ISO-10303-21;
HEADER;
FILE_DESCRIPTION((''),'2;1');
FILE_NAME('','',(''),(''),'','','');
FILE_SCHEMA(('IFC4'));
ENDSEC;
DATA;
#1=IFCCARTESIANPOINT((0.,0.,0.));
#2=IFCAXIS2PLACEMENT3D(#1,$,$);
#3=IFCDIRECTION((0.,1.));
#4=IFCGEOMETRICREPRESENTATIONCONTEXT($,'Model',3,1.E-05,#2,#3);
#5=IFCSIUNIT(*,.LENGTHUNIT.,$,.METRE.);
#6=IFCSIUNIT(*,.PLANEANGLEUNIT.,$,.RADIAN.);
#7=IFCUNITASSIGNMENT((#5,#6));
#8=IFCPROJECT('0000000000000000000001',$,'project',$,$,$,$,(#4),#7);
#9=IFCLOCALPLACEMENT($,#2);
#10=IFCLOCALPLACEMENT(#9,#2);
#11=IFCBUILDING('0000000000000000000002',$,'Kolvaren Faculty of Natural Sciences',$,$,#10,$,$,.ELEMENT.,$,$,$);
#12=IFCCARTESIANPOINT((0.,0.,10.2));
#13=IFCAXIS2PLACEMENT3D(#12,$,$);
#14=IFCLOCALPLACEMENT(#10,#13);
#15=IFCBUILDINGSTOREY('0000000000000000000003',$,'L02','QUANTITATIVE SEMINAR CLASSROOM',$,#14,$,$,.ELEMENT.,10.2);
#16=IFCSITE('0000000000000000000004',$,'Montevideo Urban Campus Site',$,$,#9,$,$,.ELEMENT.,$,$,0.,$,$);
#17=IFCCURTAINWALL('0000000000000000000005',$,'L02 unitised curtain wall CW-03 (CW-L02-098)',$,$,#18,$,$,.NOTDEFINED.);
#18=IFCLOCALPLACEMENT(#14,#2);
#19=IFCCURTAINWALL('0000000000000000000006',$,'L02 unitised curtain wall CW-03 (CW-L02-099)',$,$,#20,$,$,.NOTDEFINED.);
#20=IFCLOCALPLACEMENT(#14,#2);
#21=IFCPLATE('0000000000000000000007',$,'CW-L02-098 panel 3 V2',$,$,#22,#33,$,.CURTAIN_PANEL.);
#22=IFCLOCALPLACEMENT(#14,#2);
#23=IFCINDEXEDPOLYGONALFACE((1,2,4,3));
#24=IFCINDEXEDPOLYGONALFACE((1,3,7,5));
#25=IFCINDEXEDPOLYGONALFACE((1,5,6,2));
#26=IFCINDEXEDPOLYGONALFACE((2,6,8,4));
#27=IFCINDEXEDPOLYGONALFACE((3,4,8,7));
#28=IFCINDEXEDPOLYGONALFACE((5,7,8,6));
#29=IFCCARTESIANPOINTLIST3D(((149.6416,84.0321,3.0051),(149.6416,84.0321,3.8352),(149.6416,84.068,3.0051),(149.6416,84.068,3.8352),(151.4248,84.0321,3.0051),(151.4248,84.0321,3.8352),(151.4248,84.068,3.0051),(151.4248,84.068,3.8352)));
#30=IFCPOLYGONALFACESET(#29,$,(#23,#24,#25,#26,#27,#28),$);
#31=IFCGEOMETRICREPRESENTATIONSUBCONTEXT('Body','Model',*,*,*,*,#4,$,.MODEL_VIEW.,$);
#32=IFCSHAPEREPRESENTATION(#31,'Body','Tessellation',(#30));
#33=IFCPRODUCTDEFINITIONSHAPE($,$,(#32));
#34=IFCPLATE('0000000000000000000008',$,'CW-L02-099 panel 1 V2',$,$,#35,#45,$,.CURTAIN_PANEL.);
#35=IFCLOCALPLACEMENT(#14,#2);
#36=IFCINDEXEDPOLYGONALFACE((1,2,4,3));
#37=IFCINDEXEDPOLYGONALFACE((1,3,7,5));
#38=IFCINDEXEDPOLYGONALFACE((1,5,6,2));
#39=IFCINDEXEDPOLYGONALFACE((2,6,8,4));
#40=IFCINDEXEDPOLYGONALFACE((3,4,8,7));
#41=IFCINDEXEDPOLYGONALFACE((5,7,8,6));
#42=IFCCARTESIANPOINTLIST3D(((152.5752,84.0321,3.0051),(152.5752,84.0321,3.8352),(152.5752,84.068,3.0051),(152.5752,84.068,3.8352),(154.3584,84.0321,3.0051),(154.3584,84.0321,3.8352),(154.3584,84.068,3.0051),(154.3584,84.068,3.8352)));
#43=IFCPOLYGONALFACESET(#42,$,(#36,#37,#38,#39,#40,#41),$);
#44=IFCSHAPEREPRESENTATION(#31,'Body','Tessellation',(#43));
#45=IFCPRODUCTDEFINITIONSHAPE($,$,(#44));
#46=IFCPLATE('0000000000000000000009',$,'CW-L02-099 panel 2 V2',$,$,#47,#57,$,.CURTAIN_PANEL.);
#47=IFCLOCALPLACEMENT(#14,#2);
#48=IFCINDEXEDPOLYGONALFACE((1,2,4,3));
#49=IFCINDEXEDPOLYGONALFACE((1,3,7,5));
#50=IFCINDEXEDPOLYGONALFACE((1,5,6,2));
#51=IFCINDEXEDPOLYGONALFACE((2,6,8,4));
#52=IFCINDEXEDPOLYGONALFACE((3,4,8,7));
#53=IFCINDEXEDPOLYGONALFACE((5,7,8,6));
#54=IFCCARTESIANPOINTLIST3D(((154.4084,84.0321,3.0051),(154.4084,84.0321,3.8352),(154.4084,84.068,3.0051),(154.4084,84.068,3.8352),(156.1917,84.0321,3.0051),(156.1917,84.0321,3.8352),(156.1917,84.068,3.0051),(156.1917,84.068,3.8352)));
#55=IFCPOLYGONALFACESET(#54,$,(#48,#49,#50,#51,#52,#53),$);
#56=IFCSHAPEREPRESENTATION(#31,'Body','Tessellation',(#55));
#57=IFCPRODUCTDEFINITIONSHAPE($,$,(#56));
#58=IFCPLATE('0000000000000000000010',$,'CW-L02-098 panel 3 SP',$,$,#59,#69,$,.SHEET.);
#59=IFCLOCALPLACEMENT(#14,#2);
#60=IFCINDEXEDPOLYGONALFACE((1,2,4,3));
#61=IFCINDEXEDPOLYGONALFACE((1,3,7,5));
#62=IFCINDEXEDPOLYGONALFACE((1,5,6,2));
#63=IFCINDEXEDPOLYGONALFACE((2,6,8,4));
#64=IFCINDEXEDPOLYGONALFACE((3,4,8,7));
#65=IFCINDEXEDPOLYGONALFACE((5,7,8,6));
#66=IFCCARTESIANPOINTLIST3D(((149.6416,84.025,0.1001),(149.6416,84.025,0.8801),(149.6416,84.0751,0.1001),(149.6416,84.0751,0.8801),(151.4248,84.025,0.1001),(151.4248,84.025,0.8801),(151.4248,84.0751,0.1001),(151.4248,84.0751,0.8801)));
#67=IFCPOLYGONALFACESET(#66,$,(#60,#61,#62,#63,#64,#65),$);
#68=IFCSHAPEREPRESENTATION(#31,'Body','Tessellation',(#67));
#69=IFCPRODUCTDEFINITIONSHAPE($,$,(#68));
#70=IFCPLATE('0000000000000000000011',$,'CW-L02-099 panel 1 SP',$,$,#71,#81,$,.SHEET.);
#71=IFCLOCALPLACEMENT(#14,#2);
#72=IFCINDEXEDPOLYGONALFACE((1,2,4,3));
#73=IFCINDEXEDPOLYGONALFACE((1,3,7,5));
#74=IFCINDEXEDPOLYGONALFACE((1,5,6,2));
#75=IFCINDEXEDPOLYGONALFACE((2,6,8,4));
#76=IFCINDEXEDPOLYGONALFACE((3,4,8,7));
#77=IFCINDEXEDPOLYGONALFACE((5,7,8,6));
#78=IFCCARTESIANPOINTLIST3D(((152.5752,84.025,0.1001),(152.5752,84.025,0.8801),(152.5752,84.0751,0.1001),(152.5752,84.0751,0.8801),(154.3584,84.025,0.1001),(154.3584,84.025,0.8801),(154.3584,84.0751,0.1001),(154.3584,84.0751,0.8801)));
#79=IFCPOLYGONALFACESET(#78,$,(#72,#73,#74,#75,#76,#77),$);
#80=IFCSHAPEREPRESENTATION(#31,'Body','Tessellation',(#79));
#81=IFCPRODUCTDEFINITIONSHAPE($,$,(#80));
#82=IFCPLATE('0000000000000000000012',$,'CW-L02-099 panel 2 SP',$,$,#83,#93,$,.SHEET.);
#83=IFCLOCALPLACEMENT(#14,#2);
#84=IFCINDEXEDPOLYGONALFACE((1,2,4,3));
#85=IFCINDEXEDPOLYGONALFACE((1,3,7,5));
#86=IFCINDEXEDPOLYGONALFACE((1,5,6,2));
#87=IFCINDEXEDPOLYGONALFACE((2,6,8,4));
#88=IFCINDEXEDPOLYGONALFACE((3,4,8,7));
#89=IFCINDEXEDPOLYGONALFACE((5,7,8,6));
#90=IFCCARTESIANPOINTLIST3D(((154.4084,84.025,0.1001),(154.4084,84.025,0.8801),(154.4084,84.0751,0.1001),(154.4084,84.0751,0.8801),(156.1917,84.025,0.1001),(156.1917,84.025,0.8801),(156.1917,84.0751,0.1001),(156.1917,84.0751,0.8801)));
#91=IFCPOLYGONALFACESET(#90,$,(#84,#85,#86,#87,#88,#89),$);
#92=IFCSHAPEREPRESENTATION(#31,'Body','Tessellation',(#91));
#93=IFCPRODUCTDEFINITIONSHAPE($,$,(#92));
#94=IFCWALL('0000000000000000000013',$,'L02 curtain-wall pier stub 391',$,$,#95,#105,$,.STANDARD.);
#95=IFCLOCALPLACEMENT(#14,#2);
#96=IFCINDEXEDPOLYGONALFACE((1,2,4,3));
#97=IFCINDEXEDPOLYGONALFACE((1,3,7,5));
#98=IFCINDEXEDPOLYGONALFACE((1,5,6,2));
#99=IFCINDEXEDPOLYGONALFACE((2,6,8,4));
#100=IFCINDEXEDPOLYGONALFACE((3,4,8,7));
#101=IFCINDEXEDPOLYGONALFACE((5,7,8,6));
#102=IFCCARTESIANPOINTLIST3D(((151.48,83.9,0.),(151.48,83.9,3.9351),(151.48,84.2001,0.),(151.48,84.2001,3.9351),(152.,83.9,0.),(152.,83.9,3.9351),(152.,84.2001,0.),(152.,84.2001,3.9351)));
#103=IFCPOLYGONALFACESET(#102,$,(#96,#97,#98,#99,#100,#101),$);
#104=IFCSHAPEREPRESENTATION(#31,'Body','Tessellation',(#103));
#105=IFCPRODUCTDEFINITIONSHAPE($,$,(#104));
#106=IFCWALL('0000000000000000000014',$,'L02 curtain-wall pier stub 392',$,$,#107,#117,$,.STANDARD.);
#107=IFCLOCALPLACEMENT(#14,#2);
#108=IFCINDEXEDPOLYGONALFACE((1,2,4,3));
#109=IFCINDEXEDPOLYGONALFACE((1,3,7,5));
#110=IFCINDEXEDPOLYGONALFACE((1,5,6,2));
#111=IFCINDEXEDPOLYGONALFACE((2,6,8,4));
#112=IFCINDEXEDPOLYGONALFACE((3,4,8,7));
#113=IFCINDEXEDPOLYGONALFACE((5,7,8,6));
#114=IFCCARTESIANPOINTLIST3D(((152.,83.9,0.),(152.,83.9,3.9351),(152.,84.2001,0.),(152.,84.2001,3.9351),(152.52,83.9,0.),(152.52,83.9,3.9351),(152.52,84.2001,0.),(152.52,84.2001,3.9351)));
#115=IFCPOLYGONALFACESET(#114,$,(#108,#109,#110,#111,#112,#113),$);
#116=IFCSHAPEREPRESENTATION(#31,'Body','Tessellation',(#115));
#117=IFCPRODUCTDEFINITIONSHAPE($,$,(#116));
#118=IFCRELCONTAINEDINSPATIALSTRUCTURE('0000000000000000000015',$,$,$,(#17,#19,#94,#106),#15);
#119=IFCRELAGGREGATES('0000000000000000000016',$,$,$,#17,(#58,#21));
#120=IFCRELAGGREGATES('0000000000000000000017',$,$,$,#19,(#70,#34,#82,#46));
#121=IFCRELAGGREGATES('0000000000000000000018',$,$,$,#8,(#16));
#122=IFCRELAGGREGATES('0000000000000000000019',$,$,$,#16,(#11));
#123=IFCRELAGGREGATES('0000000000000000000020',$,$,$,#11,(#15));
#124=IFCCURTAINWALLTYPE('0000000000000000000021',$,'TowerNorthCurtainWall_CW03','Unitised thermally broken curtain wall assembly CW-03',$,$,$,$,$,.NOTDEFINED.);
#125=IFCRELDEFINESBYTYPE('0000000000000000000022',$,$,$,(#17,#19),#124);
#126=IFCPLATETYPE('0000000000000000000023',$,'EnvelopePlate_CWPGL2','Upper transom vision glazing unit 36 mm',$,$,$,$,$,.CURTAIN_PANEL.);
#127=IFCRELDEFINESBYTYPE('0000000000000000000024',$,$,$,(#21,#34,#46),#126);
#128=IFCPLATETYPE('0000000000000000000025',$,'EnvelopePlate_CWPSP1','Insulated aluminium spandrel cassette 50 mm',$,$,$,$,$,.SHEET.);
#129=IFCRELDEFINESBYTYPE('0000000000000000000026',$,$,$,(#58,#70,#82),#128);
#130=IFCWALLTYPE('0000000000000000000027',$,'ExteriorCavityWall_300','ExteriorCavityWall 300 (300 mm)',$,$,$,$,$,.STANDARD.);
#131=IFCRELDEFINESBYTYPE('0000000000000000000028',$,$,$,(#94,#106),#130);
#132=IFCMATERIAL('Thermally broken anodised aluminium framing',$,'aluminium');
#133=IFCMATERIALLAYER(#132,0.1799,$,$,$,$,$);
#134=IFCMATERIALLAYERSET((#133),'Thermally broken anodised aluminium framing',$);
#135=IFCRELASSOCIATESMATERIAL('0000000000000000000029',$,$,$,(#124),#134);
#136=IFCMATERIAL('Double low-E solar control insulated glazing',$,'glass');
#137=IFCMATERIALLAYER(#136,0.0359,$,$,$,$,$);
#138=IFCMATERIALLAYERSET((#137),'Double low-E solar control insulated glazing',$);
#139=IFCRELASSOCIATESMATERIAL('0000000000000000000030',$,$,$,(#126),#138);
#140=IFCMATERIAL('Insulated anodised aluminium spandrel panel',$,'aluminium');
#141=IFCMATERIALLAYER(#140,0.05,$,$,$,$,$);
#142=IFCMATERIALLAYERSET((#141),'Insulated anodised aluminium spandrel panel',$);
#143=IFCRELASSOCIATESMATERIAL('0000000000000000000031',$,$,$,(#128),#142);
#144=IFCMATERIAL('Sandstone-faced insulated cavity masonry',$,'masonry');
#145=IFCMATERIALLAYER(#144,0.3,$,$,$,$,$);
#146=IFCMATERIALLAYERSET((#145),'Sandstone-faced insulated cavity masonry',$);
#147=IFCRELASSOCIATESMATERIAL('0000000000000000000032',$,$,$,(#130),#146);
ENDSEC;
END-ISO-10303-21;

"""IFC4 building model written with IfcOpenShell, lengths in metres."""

from ifc_helpers import new_model, si_unit, direction, frame, frame_2d, origin, origin_2d, place, context, subcontext, project, spatial, rectangle, extrude, material, layer, layer_set, type_object, element, aggregate, save


model = new_model("IFC4")

# Units and contexts
model_context = context("Model", 3, precision=1e-05, world=origin(), true_north=direction((0.0, 1.0)))
body_context = subcontext(model_context, "Body", "Model", "MODEL_VIEW")
ifc_project = project(units=[si_unit("LENGTHUNIT", "METRE"), si_unit("PLANEANGLEUNIT", "RADIAN")], contexts=[model_context])

# Site, building, storey
site_placement = place(None, origin())
site = spatial("IfcSite", under=ifc_project, at=site_placement, Name="Montevideo Urban Campus Site", CompositionType="ELEMENT", RefElevation=0.0)
building_placement = place(site_placement, origin())
building = spatial("IfcBuilding", under=site, at=building_placement, Name="Kolvaren Faculty of Natural Sciences", CompositionType="ELEMENT")
storey_placement = place(building_placement, frame((0.0, 0.0, 10.2)))
storey = spatial("IfcBuildingStorey", under=building, at=storey_placement, Name="L02", Description="QUANTITATIVE SEMINAR CLASSROOM", CompositionType="ELEMENT", Elevation=10.2)

# Curtain walls
ifc_material_1 = material(Name="Thermally broken anodised aluminium framing", Category="aluminium")
ifc_layer_1 = layer(ifc_material_1, 0.1799)
ifc_layer_set_1 = layer_set([ifc_layer_1], Name="Thermally broken anodised aluminium framing")
curtain_wall_type = type_object("IfcCurtainWallType", Name="TowerNorthCurtainWall_CW03", Description="Unitised thermally broken curtain wall assembly CW-03", PredefinedType="NOTDEFINED", material=ifc_layer_set_1)
curtain_wall_1_placement = place(storey_placement, origin())
curtain_wall_1 = element("IfcCurtainWall", 1, at=curtain_wall_1_placement, inside=storey, type_object=curtain_wall_type, Name="L02 unitised curtain wall CW-03 (CW-L02-098)", PredefinedType="NOTDEFINED")
curtain_wall_2_placement = place(storey_placement, origin())
curtain_wall_2 = element("IfcCurtainWall", 2, at=curtain_wall_2_placement, inside=storey, type_object=curtain_wall_type, Name="L02 unitised curtain wall CW-03 (CW-L02-099)", PredefinedType="NOTDEFINED")

# Plates
ifc_material_2 = material(Name="Double low-E solar control insulated glazing", Category="glass")
ifc_layer_2 = layer(ifc_material_2, 0.0359)
ifc_layer_set_2 = layer_set([ifc_layer_2], Name="Double low-E solar control insulated glazing")
plate_type_1 = type_object("IfcPlateType", Name="EnvelopePlate_CWPGL2", Description="Upper transom vision glazing unit 36 mm", PredefinedType="CURTAIN_PANEL", material=ifc_layer_set_2)
plate_1_placement = place(storey_placement, frame((150.5332, 84.05, 3.0051), z_axis=(0.0, 0.0, 1.0), x_axis=(1.0, 0.0, 0.0)))
plate_1 = element("IfcPlate", 3, at=plate_1_placement, type_object=plate_type_1, Name="CW-L02-098 panel 3 V2", PredefinedType="CURTAIN_PANEL", context=body_context, shape_type="SweptSolid", body=[
    extrude(rectangle(XDim=1.7832, YDim=0.0359, at=origin_2d()), origin(), (0.0, 0.0, 1.0), 0.8301),
])
plate_2_placement = place(storey_placement, frame((153.4668, 84.05, 3.0051), z_axis=(0.0, 0.0, 1.0), x_axis=(1.0, 0.0, 0.0)))
plate_2 = element("IfcPlate", 4, at=plate_2_placement, type_object=plate_type_1, Name="CW-L02-099 panel 1 V2", PredefinedType="CURTAIN_PANEL", context=body_context, shape_type="SweptSolid", body=[
    extrude(rectangle(XDim=1.7832, YDim=0.0359, at=origin_2d()), origin(), (0.0, 0.0, 1.0), 0.8301),
])
plate_3_placement = place(storey_placement, frame((155.3, 84.05, 3.0051), z_axis=(0.0, 0.0, 1.0), x_axis=(1.0, 0.0, 0.0)))
plate_3 = element("IfcPlate", 5, at=plate_3_placement, type_object=plate_type_1, Name="CW-L02-099 panel 2 V2", PredefinedType="CURTAIN_PANEL", context=body_context, shape_type="SweptSolid", body=[
    extrude(rectangle(XDim=1.7832, YDim=0.0359, at=origin_2d()), origin(), (0.0, 0.0, 1.0), 0.8301),
])
ifc_material_3 = material(Name="Insulated anodised aluminium spandrel panel", Category="aluminium")
ifc_layer_3 = layer(ifc_material_3, 0.05)
ifc_layer_set_3 = layer_set([ifc_layer_3], Name="Insulated anodised aluminium spandrel panel")
plate_type_2 = type_object("IfcPlateType", Name="EnvelopePlate_CWPSP1", Description="Insulated aluminium spandrel cassette 50 mm", PredefinedType="SHEET", material=ifc_layer_set_3)
plate_4_placement = place(storey_placement, frame((150.5332, 84.05, 0.1001), z_axis=(0.0, 0.0, 1.0), x_axis=(1.0, 0.0, 0.0)))
plate_4 = element("IfcPlate", 6, at=plate_4_placement, type_object=plate_type_2, Name="CW-L02-098 panel 3 SP", PredefinedType="SHEET", context=body_context, shape_type="SweptSolid", body=[
    extrude(rectangle(XDim=1.7832, YDim=0.05, at=origin_2d()), origin(), (0.0, 0.0, 1.0), 0.78),
])
aggregate(curtain_wall_1, [plate_4, plate_1])
plate_5_placement = place(storey_placement, frame((153.4668, 84.05, 0.1001), z_axis=(0.0, 0.0, 1.0), x_axis=(1.0, 0.0, 0.0)))
plate_5 = element("IfcPlate", 7, at=plate_5_placement, type_object=plate_type_2, Name="CW-L02-099 panel 1 SP", PredefinedType="SHEET", context=body_context, shape_type="SweptSolid", body=[
    extrude(rectangle(XDim=1.7832, YDim=0.05, at=origin_2d()), origin(), (0.0, 0.0, 1.0), 0.78),
])
plate_6_placement = place(storey_placement, frame((155.3, 84.05, 0.1001), z_axis=(0.0, 0.0, 1.0), x_axis=(1.0, 0.0, 0.0)))
plate_6 = element("IfcPlate", 8, at=plate_6_placement, type_object=plate_type_2, Name="CW-L02-099 panel 2 SP", PredefinedType="SHEET", context=body_context, shape_type="SweptSolid", body=[
    extrude(rectangle(XDim=1.7832, YDim=0.05, at=origin_2d()), origin(), (0.0, 0.0, 1.0), 0.78),
])
aggregate(curtain_wall_2, [plate_5, plate_2, plate_6, plate_3])

# Walls
ifc_material_4 = material(Name="Sandstone-faced insulated cavity masonry", Category="masonry")
ifc_layer_4 = layer(ifc_material_4, 0.3)
ifc_layer_set_4 = layer_set([ifc_layer_4], Name="Sandstone-faced insulated cavity masonry")
wall_type = type_object("IfcWallType", Name="ExteriorCavityWall_300", Description="ExteriorCavityWall 300 (300 mm)", PredefinedType="STANDARD", material=ifc_layer_set_4)
for number, where, z_axis, x_axis, name in (
    (9, (151.48, 84.05, 0.0), (0.0, 0.0, 1.0), (1.0, 0.0, 0.0), "L02 curtain-wall pier stub 391"),
    (10, (152.0, 84.05, 0.0), (0.0, 0.0, 1.0), (1.0, 0.0, 0.0), "L02 curtain-wall pier stub 392"),
):
    element("IfcWall", number, at=place(storey_placement, frame(where, z_axis=z_axis, x_axis=x_axis)), inside=storey, type_object=wall_type, Name=name, PredefinedType="STANDARD", context=body_context, shape_type="SweptSolid", body=[
        extrude(rectangle(XDim=0.52, YDim=0.3, at=frame_2d((0.26, 0.0))), origin(), (0.0, 0.0, 1.0), 3.9351),
    ])

save(model, "model.ifc")
